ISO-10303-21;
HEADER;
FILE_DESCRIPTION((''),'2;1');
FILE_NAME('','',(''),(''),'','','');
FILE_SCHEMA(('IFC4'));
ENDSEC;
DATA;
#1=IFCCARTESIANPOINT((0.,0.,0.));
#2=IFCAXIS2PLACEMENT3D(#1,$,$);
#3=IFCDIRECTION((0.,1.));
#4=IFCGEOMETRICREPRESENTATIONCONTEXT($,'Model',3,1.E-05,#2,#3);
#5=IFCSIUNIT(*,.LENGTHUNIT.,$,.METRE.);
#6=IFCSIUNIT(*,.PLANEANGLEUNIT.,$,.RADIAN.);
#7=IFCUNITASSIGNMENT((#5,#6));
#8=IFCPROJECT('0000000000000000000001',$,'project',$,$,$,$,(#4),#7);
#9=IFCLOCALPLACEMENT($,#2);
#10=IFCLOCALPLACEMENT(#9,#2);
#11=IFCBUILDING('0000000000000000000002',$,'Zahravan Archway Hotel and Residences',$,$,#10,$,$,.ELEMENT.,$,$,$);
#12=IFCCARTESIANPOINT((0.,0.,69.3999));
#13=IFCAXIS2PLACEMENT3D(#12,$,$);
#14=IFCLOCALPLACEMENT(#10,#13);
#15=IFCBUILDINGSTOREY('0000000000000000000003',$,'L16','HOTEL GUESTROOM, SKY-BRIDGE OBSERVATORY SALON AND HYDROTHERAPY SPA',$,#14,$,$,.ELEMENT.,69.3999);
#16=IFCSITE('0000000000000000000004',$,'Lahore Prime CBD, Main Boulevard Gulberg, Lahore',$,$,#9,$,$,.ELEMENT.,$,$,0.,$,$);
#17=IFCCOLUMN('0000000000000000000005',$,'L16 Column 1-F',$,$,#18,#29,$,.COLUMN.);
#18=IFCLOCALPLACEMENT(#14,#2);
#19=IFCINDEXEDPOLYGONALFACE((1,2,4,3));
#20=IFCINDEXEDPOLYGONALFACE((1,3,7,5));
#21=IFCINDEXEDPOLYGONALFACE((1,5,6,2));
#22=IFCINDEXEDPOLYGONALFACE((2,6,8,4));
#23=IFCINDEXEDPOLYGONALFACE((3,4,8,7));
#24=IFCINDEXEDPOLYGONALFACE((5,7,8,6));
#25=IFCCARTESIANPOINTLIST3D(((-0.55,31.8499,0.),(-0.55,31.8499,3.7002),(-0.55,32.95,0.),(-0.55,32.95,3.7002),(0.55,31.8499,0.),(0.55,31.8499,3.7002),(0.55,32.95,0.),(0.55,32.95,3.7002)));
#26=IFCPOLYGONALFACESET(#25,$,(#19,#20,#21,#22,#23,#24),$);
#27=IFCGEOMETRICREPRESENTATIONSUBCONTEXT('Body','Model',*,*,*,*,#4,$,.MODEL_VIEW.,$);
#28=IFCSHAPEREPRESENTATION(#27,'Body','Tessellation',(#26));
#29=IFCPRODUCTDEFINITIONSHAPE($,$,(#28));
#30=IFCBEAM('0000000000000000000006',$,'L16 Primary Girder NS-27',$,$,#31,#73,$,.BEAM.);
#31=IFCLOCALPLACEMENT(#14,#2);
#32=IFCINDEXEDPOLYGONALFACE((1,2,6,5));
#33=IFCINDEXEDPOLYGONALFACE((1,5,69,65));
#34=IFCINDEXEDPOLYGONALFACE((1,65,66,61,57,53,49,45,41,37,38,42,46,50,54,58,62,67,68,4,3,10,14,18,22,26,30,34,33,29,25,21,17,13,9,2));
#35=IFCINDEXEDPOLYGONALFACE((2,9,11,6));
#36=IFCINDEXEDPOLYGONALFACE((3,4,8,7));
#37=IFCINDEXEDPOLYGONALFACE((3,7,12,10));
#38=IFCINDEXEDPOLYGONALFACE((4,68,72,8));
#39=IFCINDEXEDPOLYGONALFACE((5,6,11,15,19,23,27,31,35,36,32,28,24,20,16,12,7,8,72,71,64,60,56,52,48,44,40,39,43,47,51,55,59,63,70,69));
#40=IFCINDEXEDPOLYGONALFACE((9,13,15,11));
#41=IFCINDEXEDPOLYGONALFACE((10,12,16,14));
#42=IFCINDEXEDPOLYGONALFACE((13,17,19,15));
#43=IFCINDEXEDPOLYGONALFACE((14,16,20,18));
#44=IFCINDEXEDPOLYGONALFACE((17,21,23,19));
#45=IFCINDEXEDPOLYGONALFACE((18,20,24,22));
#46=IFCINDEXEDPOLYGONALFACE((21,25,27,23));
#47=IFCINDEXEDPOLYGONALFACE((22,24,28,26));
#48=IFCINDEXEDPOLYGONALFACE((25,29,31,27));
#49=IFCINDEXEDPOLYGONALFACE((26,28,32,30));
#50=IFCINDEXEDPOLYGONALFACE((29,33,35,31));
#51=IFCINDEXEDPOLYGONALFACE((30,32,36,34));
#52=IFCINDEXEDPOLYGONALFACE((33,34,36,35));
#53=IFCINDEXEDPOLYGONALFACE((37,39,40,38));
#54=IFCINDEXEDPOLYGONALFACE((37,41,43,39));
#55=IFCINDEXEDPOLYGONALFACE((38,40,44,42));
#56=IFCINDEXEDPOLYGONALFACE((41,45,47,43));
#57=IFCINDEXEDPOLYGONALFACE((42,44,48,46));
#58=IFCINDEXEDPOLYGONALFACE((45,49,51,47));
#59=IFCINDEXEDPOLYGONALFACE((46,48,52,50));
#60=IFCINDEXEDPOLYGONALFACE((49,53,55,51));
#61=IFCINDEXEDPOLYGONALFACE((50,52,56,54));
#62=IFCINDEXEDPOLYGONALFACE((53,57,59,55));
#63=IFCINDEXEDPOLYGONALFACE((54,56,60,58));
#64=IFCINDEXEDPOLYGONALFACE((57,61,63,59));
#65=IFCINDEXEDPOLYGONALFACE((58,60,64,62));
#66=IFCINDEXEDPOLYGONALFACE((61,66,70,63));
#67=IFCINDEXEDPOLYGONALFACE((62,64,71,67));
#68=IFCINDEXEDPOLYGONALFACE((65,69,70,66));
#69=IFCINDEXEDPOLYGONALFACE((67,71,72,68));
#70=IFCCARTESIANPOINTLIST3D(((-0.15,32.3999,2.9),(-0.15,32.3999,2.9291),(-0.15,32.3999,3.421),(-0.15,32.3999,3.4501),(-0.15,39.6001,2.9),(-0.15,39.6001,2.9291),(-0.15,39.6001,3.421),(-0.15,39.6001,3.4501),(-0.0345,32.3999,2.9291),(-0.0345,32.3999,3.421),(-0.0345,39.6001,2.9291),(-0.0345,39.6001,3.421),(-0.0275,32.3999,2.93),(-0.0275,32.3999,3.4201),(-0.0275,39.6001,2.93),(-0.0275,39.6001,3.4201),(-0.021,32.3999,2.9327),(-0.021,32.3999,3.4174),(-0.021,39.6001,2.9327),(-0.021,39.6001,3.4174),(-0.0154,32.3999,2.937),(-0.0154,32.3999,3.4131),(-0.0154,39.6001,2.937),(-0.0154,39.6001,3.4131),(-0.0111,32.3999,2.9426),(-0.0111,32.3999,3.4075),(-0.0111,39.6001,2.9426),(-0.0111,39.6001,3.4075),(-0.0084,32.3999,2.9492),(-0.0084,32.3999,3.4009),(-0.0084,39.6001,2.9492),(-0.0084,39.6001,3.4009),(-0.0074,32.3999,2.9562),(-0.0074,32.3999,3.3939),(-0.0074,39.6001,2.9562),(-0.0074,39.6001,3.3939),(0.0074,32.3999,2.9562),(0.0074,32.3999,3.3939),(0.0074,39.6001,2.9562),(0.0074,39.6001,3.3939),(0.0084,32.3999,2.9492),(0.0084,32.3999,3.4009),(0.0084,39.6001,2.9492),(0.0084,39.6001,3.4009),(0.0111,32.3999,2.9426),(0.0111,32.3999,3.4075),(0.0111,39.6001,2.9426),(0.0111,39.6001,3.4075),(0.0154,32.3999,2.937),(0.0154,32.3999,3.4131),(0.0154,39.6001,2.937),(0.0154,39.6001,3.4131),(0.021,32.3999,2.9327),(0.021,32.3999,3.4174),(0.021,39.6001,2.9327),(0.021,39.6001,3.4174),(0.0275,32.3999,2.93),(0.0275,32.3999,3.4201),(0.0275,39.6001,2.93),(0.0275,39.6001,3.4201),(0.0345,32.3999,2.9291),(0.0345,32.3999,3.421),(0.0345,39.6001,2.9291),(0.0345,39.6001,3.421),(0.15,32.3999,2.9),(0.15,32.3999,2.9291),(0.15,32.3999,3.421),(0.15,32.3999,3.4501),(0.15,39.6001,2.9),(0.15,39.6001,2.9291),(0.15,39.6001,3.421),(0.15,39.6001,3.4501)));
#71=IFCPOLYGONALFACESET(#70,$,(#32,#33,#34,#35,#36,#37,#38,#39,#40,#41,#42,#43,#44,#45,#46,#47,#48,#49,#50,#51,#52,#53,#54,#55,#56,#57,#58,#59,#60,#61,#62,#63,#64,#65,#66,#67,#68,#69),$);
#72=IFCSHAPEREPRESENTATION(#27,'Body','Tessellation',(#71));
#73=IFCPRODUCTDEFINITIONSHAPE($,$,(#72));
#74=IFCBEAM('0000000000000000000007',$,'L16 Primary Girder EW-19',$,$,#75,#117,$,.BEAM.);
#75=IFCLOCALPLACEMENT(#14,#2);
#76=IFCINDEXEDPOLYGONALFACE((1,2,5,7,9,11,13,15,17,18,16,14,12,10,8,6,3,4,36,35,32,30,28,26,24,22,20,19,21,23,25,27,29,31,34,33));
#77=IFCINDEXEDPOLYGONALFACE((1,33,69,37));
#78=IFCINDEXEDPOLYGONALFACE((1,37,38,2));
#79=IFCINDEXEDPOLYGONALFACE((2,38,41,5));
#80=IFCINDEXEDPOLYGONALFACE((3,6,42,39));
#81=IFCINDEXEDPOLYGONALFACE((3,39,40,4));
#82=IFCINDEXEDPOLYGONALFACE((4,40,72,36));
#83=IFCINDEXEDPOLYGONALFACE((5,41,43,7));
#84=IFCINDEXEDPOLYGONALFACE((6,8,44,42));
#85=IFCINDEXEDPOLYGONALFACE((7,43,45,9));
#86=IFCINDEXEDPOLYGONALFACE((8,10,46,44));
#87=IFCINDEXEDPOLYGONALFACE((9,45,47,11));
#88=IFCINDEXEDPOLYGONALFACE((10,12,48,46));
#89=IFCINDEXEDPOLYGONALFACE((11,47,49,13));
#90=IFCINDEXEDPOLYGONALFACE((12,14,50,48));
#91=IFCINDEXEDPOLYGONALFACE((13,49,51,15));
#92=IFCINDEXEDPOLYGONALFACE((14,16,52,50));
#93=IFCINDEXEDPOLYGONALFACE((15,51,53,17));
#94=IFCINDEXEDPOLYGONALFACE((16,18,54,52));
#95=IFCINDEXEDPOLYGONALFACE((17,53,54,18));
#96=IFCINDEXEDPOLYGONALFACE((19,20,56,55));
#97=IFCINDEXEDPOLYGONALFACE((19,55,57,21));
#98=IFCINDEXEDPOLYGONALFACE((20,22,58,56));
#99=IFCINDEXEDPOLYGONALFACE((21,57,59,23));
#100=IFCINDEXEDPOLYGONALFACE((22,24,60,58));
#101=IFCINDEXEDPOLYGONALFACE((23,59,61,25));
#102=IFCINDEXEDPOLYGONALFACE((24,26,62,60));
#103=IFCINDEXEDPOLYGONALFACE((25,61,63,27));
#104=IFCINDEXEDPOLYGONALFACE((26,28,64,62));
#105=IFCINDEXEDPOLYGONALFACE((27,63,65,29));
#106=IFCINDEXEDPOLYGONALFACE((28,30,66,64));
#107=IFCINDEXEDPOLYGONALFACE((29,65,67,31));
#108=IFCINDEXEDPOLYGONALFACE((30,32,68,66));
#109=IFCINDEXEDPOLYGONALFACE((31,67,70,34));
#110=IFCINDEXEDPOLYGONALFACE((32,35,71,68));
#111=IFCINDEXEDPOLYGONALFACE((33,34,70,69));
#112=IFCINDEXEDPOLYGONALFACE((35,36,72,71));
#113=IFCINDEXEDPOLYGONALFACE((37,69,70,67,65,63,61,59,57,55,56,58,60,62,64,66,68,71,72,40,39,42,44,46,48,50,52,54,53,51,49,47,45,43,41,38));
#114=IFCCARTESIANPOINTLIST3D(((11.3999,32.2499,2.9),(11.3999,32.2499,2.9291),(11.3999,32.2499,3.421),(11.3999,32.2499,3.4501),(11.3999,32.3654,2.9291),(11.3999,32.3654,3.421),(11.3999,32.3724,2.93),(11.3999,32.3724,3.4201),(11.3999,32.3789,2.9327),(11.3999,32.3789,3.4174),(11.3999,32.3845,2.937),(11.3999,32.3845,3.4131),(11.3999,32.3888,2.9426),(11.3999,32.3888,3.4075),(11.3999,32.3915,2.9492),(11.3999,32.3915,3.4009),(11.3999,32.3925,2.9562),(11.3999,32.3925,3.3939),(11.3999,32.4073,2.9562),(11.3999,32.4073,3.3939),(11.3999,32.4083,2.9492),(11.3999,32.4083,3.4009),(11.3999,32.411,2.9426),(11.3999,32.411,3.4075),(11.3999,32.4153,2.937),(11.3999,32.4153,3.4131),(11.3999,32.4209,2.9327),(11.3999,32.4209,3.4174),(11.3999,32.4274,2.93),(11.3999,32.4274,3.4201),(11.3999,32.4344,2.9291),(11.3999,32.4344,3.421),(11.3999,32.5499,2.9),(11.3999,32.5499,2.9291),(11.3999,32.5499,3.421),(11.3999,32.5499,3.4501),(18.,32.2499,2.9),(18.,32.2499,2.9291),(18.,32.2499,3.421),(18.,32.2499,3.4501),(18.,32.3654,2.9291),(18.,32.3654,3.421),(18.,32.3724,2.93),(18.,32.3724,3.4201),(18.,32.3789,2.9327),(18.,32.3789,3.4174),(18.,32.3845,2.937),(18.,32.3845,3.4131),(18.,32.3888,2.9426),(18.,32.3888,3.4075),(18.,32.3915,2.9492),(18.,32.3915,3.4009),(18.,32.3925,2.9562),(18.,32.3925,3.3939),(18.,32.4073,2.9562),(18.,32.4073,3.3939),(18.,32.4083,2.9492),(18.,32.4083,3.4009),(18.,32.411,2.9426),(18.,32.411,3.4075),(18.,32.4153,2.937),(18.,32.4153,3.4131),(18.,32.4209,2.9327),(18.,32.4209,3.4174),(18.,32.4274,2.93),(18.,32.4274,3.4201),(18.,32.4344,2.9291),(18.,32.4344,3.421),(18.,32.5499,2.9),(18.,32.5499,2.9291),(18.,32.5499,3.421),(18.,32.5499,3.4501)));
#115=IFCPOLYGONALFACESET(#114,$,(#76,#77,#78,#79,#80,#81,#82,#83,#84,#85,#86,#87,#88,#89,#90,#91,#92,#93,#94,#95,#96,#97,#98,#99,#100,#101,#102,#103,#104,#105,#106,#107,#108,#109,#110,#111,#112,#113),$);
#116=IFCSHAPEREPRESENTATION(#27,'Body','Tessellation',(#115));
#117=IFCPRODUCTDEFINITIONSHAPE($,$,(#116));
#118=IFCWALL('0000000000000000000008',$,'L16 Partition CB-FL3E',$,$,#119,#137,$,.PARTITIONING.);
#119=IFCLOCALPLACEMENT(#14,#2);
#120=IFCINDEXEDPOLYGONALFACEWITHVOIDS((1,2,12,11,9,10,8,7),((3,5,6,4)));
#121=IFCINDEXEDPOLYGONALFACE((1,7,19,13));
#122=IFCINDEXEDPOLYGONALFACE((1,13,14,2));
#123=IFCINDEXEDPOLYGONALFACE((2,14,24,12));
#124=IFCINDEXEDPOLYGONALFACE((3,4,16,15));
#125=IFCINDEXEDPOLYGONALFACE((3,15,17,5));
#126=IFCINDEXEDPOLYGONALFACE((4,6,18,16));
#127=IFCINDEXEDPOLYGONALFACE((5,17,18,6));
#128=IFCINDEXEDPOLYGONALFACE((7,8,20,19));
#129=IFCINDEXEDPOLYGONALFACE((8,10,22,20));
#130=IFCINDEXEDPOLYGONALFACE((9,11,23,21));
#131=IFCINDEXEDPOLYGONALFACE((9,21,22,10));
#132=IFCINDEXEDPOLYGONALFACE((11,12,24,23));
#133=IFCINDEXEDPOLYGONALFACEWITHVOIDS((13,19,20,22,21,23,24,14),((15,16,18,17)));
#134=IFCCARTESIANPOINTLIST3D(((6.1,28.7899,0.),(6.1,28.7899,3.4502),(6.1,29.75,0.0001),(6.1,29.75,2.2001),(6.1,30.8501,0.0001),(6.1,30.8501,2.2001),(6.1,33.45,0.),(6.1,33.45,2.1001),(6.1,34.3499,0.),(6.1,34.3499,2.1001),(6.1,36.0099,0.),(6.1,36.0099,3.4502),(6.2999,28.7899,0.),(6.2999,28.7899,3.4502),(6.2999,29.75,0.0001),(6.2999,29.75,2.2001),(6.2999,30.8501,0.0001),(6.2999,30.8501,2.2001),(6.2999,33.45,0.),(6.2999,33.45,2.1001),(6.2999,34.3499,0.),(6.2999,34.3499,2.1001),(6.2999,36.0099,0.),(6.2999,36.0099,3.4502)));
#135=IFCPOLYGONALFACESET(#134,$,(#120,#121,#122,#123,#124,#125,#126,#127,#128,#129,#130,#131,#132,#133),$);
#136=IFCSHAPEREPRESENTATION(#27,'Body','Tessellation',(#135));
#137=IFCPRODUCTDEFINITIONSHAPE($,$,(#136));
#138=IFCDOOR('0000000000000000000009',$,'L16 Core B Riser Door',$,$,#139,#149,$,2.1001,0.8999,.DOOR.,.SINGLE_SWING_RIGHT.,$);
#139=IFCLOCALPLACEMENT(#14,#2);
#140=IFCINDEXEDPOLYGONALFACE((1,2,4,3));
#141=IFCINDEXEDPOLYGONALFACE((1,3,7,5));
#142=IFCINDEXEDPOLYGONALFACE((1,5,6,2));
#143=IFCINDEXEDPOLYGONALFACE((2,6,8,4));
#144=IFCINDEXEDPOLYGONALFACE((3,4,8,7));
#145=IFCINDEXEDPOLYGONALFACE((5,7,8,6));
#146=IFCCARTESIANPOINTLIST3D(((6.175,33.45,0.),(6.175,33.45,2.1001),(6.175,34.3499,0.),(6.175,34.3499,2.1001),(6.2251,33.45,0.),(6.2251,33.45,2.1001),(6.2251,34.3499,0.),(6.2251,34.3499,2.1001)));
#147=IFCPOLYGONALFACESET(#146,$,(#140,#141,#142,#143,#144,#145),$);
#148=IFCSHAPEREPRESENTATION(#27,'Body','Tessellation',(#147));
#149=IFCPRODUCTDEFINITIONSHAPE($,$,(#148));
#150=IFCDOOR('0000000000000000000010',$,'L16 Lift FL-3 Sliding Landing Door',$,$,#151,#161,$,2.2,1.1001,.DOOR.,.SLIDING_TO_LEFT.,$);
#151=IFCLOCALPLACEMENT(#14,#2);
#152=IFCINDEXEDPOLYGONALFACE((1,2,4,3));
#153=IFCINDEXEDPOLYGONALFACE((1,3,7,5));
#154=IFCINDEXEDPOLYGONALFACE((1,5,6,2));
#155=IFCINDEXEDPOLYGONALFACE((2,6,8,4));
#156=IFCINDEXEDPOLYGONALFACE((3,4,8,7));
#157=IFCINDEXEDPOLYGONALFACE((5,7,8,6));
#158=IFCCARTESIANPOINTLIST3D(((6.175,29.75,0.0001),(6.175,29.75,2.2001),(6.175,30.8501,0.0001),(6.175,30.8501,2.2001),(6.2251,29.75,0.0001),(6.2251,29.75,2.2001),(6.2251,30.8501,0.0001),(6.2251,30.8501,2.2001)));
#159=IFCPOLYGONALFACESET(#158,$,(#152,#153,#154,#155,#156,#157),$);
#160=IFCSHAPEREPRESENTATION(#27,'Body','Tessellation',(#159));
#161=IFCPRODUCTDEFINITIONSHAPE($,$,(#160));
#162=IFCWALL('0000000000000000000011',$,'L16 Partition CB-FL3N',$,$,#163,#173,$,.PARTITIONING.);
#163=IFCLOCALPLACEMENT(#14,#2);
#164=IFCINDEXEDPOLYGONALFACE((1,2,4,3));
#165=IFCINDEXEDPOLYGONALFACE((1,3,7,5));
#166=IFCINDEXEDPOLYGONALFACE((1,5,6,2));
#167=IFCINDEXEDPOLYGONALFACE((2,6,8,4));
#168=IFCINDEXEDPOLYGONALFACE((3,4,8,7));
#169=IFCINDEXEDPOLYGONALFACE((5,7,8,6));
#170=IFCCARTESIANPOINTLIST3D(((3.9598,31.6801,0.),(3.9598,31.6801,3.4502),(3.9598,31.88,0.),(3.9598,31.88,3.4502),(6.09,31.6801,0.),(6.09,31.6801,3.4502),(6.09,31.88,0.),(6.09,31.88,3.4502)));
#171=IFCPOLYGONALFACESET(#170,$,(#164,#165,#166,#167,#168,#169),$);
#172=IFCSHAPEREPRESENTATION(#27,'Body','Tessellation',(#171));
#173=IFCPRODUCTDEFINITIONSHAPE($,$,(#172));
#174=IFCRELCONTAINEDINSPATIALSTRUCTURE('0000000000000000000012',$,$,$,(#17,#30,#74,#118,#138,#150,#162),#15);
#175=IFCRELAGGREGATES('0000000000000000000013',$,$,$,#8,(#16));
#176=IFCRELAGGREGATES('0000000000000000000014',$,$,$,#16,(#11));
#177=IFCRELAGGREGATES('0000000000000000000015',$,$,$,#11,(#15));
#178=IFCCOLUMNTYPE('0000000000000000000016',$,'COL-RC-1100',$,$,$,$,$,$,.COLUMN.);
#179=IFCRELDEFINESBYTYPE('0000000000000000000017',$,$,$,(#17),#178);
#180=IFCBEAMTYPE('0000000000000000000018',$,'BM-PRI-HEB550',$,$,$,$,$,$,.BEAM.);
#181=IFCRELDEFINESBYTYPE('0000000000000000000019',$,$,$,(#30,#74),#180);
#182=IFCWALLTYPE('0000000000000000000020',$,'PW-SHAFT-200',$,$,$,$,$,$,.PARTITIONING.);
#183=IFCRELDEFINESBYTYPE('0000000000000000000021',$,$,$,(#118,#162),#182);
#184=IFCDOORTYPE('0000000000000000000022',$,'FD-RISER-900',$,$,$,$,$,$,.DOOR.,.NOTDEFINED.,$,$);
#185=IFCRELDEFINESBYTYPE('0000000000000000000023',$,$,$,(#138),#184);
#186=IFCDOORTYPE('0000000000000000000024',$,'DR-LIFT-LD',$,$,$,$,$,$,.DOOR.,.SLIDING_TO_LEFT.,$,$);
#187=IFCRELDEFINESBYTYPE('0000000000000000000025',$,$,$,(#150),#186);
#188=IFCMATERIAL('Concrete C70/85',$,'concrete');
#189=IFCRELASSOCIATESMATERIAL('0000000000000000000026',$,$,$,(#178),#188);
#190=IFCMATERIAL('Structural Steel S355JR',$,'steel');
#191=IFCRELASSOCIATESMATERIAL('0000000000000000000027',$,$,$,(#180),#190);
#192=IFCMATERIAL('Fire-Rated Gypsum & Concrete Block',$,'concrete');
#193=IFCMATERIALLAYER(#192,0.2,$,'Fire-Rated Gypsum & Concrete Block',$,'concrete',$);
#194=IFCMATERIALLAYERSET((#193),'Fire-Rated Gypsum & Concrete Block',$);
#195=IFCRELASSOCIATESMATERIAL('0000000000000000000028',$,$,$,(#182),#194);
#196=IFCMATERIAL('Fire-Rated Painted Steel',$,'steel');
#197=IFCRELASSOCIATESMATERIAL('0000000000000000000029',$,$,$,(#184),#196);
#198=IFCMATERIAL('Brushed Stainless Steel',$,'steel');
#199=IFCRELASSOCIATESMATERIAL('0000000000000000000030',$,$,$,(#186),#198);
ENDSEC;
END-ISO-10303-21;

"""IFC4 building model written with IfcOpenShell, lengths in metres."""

from ifc_helpers import new_model, si_unit, direction, frame, frame_2d, origin, origin_2d, place, context, subcontext, project, spatial, rectangle, i_section, extrude, source, transform, mapped, material, layer, layer_set, material_profile, profile_set, type_object, type_shapes, element, fill, save


model = new_model("IFC4")

# Units and contexts
model_context = context("Model", 3, precision=1e-05, world=origin(), true_north=direction((0.0, 1.0)))
body_context = subcontext(model_context, "Body", "Model", "MODEL_VIEW")
ifc_project = project(units=[si_unit("LENGTHUNIT", "METRE"), si_unit("PLANEANGLEUNIT", "RADIAN")], contexts=[model_context])

# Site, building, storey
site_placement = place(None, origin())
site = spatial("IfcSite", under=ifc_project, at=site_placement, Name="Lahore Prime CBD, Main Boulevard Gulberg, Lahore", CompositionType="ELEMENT", RefElevation=0.0)
building_placement = place(site_placement, origin())
building = spatial("IfcBuilding", under=site, at=building_placement, Name="Zahravan Archway Hotel and Residences", CompositionType="ELEMENT")
storey_placement = place(building_placement, frame((0.0, 0.0, 69.3999)))
storey = spatial("IfcBuildingStorey", under=building, at=storey_placement, Name="L16", Description="HOTEL GUESTROOM, SKY-BRIDGE OBSERVATORY SALON AND HYDROTHERAPY SPA", CompositionType="ELEMENT", Elevation=69.3999)

# Column
ifc_material_1 = material(Name="Concrete C70/85", Category="concrete")
ifc_material_profile_1 = material_profile(ifc_material_1, rectangle(XDim=1.1001, YDim=1.1001, at=origin_2d()), Name="RC 1100x1100", Category="concrete")
ifc_profile_set_1 = profile_set([ifc_material_profile_1], Name="Concrete C70/85")
column_type = type_object("IfcColumnType", Name="COL-RC-1100", PredefinedType="COLUMN", material=ifc_profile_set_1)
shared_shape_1 = source(origin(), body_context, "Body", "SweptSolid", [
    extrude(rectangle(XDim=1.1001, YDim=1.1001, at=origin_2d()), origin(), (0.0, 0.0, 1.0), 3.7002),
])
column_placement = place(storey_placement, frame((0.0, 32.3999, 0.0), z_axis=(0.0, 0.0, 1.0), x_axis=(1.0, 0.0, 0.0)))
element("IfcColumn", 1, at=column_placement, inside=storey, type_object=column_type, Name="L16 Column 1-F", PredefinedType="COLUMN", context=body_context, shape_type="MappedRepresentation", body=[
    mapped(shared_shape_1, transform((0.0, 0.0, 0.0), scale=1.0)),
])

# Beams
ifc_material_2 = material(Name="Structural Steel S355JR", Category="steel")
ifc_material_profile_2 = material_profile(ifc_material_2, i_section(OverallWidth=0.3, OverallDepth=0.55, WebThickness=0.0149, FlangeThickness=0.0291, FilletRadius=0.0271, at=origin_2d()), Name="HEB 550", Category="steel")
ifc_profile_set_2 = profile_set([ifc_material_profile_2], Name="Structural Steel S355JR")
beam_type = type_object("IfcBeamType", Name="BM-PRI-HEB550", PredefinedType="BEAM", material=ifc_profile_set_2)
shared_shape_2 = source(origin(), body_context, "Body", "SweptSolid", [
    extrude(i_section(OverallWidth=0.3, OverallDepth=0.55, WebThickness=0.0149, FlangeThickness=0.0291, FilletRadius=0.0271, at=origin_2d()), origin(), (0.0, 0.0, 1.0), 7.2002),
])
type_shapes(beam_type, [shared_shape_2])
beam_1_placement = place(storey_placement, frame((0.0, 32.3999, 3.175), z_axis=(0.0, 1.0, 0.0), x_axis=(-1.0, 0.0, 0.0)))
element("IfcBeam", 2, at=beam_1_placement, inside=storey, type_object=beam_type, Name="L16 Primary Girder NS-27", PredefinedType="BEAM", context=body_context, shape_type="MappedRepresentation", body=[
    mapped(shared_shape_2, transform((0.0, 0.0, 0.0), scale=1.0)),
])
shared_shape_3 = source(origin(), body_context, "Body", "SweptSolid", [
    extrude(i_section(OverallWidth=0.3, OverallDepth=0.55, WebThickness=0.0149, FlangeThickness=0.0291, FilletRadius=0.0271, at=origin_2d()), origin(), (0.0, 0.0, 1.0), 6.6001),
])
beam_2_placement = place(storey_placement, frame((11.3999, 32.3999, 3.175), z_axis=(1.0, 0.0, 0.0), x_axis=(0.0, 1.0, 0.0)))
element("IfcBeam", 3, at=beam_2_placement, inside=storey, type_object=beam_type, Name="L16 Primary Girder EW-19", PredefinedType="BEAM", context=body_context, shape_type="MappedRepresentation", body=[
    mapped(shared_shape_3, transform((0.0, 0.0, 0.0), scale=1.0)),
])

# Wall, openings, doors
ifc_material_3 = material(Name="Fire-Rated Gypsum & Concrete Block", Category="concrete")
ifc_layer_1 = layer(ifc_material_3, 0.2, Name="Fire-Rated Gypsum & Concrete Block", Category="concrete")
ifc_layer_set_1 = layer_set([ifc_layer_1], Name="Fire-Rated Gypsum & Concrete Block")
wall_type_1 = type_object("IfcWallType", Name="PW-SHAFT-200", PredefinedType="PARTITIONING", material=ifc_layer_set_1)
wall_1_placement = place(storey_placement, frame((6.2, 28.79, 0.0), z_axis=(0.0, 0.0, 1.0), x_axis=(0.0, 1.0, 0.0)))
wall_1 = element("IfcWall", 4, at=wall_1_placement, inside=storey, type_object=wall_type_1, Name="L16 Partition CB-FL3E", PredefinedType="PARTITIONING", context=body_context, shape_type="SweptSolid", body=[
    extrude(rectangle(XDim=7.22, YDim=0.2, at=frame_2d((3.6099, 0.0))), origin(), (0.0, 0.0, 1.0), 3.4502),
])
opening_1_placement = place(wall_1_placement, frame((4.6599, 0.0, 0.0)))
opening_1 = element("IfcOpeningElement", 5, at=opening_1_placement, cuts=wall_1, PredefinedType="OPENING", context=body_context, shape_type="SweptSolid", body=[
    extrude(rectangle(XDim=0.8999, YDim=2.1001, at=frame_2d((0.45, 1.05))), frame((0.0, 0.1099, 0.0), z_axis=(0.0, -1.0, 0.0), x_axis=(1.0, 0.0, 0.0)), (0.0, 0.0, 1.0), 0.22),
])
opening_2_placement = place(wall_1_placement, frame((0.96, 0.0, 0.0)))
opening_2 = element("IfcOpeningElement", 6, at=opening_2_placement, cuts=wall_1, PredefinedType="OPENING", context=body_context, shape_type="SweptSolid", body=[
    extrude(rectangle(XDim=1.1001, YDim=2.2, at=frame_2d((0.55, 1.1001))), frame((0.0, 0.1099, 0.0), z_axis=(0.0, -1.0, 0.0), x_axis=(1.0, 0.0, 0.0)), (0.0, 0.0, 1.0), 0.22),
])
ifc_material_4 = material(Name="Fire-Rated Painted Steel", Category="steel")
door_type_1 = type_object("IfcDoorType", Name="FD-RISER-900", OperationType="NOTDEFINED", PredefinedType="DOOR", material=ifc_material_4)
shared_shape_4 = source(origin(), body_context, "Body", "SweptSolid", [
    extrude(rectangle(XDim=0.8999, YDim=2.1001, at=frame_2d((0.45, 1.05))), frame((0.0, 0.0249, 0.0), z_axis=(0.0, -1.0, 0.0), x_axis=(1.0, 0.0, 0.0)), (0.0, 0.0, 1.0), 0.05),
])
type_shapes(door_type_1, [shared_shape_4])
door_1_placement = place(opening_1_placement, origin())
door_1 = element("IfcDoor", 7, at=door_1_placement, inside=storey, type_object=door_type_1, Name="L16 Core B Riser Door", OperationType="SINGLE_SWING_RIGHT", OverallHeight=2.1001, OverallWidth=0.8999, PredefinedType="DOOR", context=body_context, shape_type="MappedRepresentation", body=[
    mapped(shared_shape_4, transform((0.0, 0.0, 0.0), scale=1.0)),
])
fill(opening_1, door_1)
ifc_material_5 = material(Name="Brushed Stainless Steel", Category="steel")
door_type_2 = type_object("IfcDoorType", Name="DR-LIFT-LD", OperationType="SLIDING_TO_LEFT", PredefinedType="DOOR", material=ifc_material_5)
shared_shape_5 = source(origin(), body_context, "Body", "SweptSolid", [
    extrude(rectangle(XDim=1.1001, YDim=2.2, at=frame_2d((0.55, 1.1001))), frame((0.0, 0.0249, 0.0), z_axis=(0.0, -1.0, 0.0), x_axis=(1.0, 0.0, 0.0)), (0.0, 0.0, 1.0), 0.05),
])
type_shapes(door_type_2, [shared_shape_5])
door_2_placement = place(opening_2_placement, origin())
door_2 = element("IfcDoor", 8, at=door_2_placement, inside=storey, type_object=door_type_2, Name="L16 Lift FL-3 Sliding Landing Door", OperationType="SLIDING_TO_LEFT", OverallHeight=2.2, OverallWidth=1.1001, PredefinedType="DOOR", context=body_context, shape_type="MappedRepresentation", body=[
    mapped(shared_shape_5, transform((0.0, 0.0, 0.0), scale=1.0)),
])
fill(opening_2, door_2)

# Wall
wall_2_placement = place(storey_placement, frame((3.96, 31.78, 0.0), z_axis=(0.0, 0.0, 1.0), x_axis=(1.0, 0.0, 0.0)))
element("IfcWall", 9, at=wall_2_placement, inside=storey, type_object=wall_type_1, Name="L16 Partition CB-FL3N", PredefinedType="PARTITIONING", context=body_context, shape_type="SweptSolid", body=[
    extrude(rectangle(XDim=2.1301, YDim=0.2, at=frame_2d((1.0649, 0.0))), origin(), (0.0, 0.0, 1.0), 3.4502),
])

save(model, "model.ifc")
